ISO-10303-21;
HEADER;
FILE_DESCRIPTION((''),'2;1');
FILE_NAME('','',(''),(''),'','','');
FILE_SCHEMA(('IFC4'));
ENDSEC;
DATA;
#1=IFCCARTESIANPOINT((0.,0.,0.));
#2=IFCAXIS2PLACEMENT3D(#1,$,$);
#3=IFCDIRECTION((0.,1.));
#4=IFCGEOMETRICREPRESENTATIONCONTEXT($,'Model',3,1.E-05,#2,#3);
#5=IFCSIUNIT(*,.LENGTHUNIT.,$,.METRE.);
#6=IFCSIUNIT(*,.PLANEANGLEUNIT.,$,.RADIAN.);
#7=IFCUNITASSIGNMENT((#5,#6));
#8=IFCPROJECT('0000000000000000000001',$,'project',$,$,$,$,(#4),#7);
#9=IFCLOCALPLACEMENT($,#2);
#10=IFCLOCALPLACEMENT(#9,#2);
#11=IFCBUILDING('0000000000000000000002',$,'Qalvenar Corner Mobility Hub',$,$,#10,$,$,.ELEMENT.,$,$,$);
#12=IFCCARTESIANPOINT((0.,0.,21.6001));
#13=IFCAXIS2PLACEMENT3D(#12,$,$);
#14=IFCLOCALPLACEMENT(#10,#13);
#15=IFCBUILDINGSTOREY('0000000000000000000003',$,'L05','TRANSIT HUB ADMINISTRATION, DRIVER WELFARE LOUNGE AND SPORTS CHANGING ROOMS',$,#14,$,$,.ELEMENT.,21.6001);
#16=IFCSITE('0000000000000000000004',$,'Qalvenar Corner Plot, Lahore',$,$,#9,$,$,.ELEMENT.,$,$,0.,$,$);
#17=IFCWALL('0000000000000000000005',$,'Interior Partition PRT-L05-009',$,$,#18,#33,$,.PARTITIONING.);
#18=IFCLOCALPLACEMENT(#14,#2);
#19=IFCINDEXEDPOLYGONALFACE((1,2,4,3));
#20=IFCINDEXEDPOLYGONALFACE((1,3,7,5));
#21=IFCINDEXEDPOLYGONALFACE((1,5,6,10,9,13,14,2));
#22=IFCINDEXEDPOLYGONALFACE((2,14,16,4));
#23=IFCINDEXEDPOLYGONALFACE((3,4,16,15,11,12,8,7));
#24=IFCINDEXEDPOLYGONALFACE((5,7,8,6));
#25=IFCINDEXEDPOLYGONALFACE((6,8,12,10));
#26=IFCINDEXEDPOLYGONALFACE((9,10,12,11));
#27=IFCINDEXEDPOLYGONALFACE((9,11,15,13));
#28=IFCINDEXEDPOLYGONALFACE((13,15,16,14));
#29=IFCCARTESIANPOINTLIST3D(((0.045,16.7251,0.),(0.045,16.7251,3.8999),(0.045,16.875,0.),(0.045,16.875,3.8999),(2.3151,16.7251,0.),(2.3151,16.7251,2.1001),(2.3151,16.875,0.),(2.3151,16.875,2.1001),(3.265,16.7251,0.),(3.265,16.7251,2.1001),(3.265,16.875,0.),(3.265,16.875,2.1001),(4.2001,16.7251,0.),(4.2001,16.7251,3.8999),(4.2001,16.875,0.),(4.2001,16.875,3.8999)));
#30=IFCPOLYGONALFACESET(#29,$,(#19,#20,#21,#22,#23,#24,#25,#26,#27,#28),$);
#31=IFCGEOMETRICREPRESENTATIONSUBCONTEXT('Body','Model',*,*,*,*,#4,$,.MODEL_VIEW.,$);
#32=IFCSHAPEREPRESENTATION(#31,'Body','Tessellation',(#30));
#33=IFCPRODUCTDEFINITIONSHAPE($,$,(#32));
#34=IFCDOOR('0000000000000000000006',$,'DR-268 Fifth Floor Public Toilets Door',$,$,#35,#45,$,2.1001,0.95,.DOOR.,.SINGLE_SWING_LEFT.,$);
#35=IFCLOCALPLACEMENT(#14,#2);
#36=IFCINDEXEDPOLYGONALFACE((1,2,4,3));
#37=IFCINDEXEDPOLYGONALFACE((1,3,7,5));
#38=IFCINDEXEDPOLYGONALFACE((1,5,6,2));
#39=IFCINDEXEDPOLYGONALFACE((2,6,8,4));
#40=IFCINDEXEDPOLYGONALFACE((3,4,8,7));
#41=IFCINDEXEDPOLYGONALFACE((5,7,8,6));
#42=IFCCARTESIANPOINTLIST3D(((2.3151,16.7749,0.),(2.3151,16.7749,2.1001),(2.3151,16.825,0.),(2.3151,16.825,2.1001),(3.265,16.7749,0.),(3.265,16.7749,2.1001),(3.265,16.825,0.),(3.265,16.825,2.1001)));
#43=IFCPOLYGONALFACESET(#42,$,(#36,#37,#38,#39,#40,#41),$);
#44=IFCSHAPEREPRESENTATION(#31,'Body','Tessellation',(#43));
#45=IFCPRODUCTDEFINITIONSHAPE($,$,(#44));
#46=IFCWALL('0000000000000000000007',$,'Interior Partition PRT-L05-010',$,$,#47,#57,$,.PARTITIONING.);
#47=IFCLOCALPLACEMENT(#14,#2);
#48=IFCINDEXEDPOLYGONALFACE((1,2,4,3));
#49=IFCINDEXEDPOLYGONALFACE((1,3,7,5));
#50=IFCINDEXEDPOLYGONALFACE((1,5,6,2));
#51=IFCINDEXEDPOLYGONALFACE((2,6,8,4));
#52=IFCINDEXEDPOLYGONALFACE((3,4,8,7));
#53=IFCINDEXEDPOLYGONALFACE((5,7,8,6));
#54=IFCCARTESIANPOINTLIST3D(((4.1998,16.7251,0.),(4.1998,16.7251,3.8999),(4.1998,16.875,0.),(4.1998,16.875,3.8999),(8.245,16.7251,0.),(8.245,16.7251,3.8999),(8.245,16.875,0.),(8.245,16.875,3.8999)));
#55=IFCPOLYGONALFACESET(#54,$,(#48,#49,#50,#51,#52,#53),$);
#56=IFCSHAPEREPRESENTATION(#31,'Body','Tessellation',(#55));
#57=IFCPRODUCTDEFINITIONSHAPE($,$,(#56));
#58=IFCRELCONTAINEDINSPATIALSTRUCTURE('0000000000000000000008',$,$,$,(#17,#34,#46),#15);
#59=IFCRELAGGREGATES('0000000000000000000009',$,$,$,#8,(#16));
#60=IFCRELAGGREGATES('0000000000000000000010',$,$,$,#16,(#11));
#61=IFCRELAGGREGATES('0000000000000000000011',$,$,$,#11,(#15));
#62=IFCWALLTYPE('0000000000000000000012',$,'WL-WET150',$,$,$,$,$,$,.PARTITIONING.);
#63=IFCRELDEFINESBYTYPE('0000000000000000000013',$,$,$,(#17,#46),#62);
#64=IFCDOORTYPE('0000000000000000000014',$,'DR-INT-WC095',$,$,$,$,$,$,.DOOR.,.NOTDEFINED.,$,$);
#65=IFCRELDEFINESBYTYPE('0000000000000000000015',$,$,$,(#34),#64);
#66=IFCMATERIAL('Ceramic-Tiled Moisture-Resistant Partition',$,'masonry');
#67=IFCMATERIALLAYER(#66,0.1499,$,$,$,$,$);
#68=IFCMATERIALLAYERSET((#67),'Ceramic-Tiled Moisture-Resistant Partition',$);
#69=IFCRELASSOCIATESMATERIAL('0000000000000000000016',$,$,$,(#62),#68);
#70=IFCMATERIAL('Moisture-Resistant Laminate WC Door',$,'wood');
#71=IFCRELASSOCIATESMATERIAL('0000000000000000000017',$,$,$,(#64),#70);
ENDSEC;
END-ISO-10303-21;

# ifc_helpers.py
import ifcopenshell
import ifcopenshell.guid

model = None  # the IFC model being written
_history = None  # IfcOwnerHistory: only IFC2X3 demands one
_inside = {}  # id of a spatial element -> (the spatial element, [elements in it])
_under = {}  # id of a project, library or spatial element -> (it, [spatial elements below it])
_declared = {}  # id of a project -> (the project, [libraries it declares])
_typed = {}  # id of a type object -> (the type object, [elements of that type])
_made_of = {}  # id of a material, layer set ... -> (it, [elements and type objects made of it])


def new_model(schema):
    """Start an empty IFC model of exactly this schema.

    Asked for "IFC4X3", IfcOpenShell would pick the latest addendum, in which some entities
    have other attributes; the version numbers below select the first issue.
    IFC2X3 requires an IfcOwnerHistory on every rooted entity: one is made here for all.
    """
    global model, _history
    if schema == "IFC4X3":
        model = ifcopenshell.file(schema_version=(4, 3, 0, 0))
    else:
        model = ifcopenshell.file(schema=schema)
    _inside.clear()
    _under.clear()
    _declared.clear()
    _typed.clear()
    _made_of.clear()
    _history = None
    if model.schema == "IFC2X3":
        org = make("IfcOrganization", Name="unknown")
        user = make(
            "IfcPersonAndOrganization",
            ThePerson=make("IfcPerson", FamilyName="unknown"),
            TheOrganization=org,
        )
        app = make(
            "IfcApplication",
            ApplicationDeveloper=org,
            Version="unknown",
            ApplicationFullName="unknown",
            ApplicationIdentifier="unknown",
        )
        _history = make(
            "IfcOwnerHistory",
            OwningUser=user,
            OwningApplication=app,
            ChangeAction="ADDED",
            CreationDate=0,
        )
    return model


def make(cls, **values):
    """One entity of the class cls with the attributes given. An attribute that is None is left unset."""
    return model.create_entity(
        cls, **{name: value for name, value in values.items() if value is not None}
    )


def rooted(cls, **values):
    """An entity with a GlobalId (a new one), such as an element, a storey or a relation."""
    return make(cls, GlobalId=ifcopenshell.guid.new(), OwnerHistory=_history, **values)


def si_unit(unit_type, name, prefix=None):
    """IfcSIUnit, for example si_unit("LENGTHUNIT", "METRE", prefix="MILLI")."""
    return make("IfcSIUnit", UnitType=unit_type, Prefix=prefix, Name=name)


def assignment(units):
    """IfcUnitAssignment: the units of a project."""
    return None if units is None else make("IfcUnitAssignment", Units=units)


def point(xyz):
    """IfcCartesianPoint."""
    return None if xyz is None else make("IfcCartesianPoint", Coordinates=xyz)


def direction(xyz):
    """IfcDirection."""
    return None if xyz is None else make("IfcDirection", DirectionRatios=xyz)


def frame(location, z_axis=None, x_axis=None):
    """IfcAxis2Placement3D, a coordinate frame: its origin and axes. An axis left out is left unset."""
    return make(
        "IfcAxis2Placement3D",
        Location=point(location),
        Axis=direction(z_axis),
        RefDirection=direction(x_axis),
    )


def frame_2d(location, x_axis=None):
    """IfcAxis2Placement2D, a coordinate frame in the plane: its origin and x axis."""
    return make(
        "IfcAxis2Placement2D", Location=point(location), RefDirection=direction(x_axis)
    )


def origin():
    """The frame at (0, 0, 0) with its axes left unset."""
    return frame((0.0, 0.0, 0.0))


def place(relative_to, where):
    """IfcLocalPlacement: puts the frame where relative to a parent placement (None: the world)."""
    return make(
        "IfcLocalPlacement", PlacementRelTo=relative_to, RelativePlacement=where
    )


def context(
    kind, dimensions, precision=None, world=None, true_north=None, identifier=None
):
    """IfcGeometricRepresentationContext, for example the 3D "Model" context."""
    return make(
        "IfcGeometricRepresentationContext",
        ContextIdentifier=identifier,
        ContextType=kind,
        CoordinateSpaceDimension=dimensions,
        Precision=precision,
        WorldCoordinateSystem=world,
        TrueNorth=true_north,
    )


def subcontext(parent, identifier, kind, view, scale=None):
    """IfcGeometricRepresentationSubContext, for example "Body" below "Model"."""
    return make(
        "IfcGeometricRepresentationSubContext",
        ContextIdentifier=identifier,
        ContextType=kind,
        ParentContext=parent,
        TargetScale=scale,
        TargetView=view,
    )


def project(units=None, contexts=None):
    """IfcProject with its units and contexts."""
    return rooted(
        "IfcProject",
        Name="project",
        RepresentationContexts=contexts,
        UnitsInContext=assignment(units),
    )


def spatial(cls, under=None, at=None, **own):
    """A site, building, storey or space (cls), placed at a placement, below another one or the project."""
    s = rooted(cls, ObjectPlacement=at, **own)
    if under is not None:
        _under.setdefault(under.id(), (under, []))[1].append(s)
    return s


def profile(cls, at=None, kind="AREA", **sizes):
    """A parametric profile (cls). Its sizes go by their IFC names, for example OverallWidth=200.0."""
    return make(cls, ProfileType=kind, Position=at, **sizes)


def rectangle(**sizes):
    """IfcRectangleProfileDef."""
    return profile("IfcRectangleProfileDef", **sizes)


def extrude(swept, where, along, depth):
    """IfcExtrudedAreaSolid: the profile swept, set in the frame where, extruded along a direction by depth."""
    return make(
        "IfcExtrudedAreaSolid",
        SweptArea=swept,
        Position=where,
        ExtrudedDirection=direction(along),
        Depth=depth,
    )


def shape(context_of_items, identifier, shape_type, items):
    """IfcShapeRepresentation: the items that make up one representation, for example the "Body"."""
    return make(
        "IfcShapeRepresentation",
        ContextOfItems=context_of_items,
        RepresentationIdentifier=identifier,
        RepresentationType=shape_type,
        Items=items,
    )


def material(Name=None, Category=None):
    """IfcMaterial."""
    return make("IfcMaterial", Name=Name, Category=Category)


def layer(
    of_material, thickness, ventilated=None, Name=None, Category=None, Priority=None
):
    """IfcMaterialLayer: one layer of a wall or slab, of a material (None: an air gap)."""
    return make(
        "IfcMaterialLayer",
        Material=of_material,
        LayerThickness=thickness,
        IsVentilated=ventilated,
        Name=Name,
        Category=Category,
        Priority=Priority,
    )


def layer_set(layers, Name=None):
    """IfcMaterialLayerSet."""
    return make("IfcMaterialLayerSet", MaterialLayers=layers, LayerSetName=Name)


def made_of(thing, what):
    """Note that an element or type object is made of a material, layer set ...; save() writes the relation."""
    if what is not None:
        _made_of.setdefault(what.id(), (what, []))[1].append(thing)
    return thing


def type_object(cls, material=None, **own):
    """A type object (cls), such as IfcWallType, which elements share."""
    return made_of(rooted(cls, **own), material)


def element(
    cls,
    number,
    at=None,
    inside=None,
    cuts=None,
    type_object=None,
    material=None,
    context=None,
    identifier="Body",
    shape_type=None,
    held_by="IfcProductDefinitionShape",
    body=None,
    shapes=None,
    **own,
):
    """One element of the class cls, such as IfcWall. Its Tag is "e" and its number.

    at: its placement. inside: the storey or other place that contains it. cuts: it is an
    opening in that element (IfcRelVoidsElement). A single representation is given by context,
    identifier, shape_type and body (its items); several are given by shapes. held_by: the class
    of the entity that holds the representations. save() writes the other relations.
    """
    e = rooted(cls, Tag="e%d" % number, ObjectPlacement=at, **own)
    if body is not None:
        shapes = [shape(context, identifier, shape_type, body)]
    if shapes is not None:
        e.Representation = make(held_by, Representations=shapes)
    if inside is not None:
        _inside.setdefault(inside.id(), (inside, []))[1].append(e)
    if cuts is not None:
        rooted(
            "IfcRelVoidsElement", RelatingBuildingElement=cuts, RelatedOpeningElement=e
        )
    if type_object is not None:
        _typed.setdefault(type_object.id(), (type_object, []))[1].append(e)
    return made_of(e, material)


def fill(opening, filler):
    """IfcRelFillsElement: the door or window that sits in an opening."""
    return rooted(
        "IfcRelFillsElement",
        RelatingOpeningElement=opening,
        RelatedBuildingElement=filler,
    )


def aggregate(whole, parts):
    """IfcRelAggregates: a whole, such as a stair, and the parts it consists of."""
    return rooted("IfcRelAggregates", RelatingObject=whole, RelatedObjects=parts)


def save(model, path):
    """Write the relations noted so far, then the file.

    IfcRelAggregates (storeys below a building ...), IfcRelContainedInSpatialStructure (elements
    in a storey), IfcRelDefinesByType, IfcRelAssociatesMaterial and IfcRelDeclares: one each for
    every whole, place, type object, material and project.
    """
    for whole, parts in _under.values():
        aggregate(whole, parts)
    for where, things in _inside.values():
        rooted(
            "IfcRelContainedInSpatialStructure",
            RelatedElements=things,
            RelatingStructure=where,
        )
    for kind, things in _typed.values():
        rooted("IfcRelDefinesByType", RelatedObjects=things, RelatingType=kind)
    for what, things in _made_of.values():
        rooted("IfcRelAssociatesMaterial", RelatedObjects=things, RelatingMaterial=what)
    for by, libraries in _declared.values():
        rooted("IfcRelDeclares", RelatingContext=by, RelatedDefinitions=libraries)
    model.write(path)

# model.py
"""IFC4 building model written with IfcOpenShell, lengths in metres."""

from ifc_helpers import new_model, si_unit, direction, frame, frame_2d, origin, place, context, subcontext, project, spatial, rectangle, extrude, material, layer, layer_set, type_object, element, fill, save


model = new_model("IFC4")

# Units and contexts
model_context = context("Model", 3, precision=1e-05, world=origin(), true_north=direction((0.0, 1.0)))
body_context = subcontext(model_context, "Body", "Model", "MODEL_VIEW")
ifc_project = project(units=[si_unit("LENGTHUNIT", "METRE"), si_unit("PLANEANGLEUNIT", "RADIAN")], contexts=[model_context])

# Site, building, storey
site_placement = place(None, origin())
site = spatial("IfcSite", under=ifc_project, at=site_placement, Name="Qalvenar Corner Plot, Lahore", CompositionType="ELEMENT", RefElevation=0.0)
building_placement = place(site_placement, origin())
building = spatial("IfcBuilding", under=site, at=building_placement, Name="Qalvenar Corner Mobility Hub", CompositionType="ELEMENT")
storey_placement = place(building_placement, frame((0.0, 0.0, 21.6001)))
storey = spatial("IfcBuildingStorey", under=building, at=storey_placement, Name="L05", Description="TRANSIT HUB ADMINISTRATION, DRIVER WELFARE LOUNGE AND SPORTS CHANGING ROOMS", CompositionType="ELEMENT", Elevation=21.6001)

# Wall, opening, door
ifc_material_1 = material(Name="Ceramic-Tiled Moisture-Resistant Partition", Category="masonry")
ifc_layer_1 = layer(ifc_material_1, 0.1499)
ifc_layer_set_1 = layer_set([ifc_layer_1], Name="Ceramic-Tiled Moisture-Resistant Partition")
wall_type_1 = type_object("IfcWallType", Name="WL-WET150", PredefinedType="PARTITIONING", material=ifc_layer_set_1)
wall_1_placement = place(storey_placement, frame((0.0449, 16.8, 0.0), z_axis=(0.0, 0.0, 1.0), x_axis=(1.0, 0.0, 0.0)))
wall_1 = element("IfcWall", 1, at=wall_1_placement, inside=storey, type_object=wall_type_1, Name="Interior Partition PRT-L05-009", PredefinedType="PARTITIONING", context=body_context, shape_type="SweptSolid", body=[
    extrude(rectangle(XDim=4.155, YDim=0.1499, at=frame_2d((2.0776, 0.0))), origin(), (0.0, 0.0, 1.0), 3.8999),
])
opening_1_placement = place(wall_1_placement, frame((2.27, 0.0, 0.0)))
opening_1 = element("IfcOpeningElement", 2, at=opening_1_placement, cuts=wall_1, PredefinedType="OPENING", context=body_context, shape_type="SweptSolid", body=[
    extrude(rectangle(XDim=0.95, YDim=2.1001, at=frame_2d((0.4751, 1.05))), frame((0.0, 0.085, 0.0), z_axis=(0.0, -1.0, 0.0), x_axis=(1.0, 0.0, 0.0)), (0.0, 0.0, 1.0), 0.1699),
])
ifc_material_2 = material(Name="Moisture-Resistant Laminate WC Door", Category="wood")
door_type_1 = type_object("IfcDoorType", Name="DR-INT-WC095", OperationType="NOTDEFINED", PredefinedType="DOOR", material=ifc_material_2)
door_1_placement = place(opening_1_placement, origin())
door_1 = element("IfcDoor", 3, at=door_1_placement, inside=storey, type_object=door_type_1, Name="DR-268 Fifth Floor Public Toilets Door", OperationType="SINGLE_SWING_LEFT", OverallHeight=2.1001, OverallWidth=0.95, PredefinedType="DOOR", context=body_context, shape_type="SweptSolid", body=[
    extrude(rectangle(XDim=0.95, YDim=2.1001, at=frame_2d((0.4751, 1.05))), frame((0.0, 0.0249, 0.0), z_axis=(0.0, -1.0, 0.0), x_axis=(1.0, 0.0, 0.0)), (0.0, 0.0, 1.0), 0.05),
])
fill(opening_1, door_1)

# Wall
wall_2_placement = place(storey_placement, frame((4.2, 16.8, 0.0), z_axis=(0.0, 0.0, 1.0), x_axis=(1.0, 0.0, 0.0)))
element("IfcWall", 4, at=wall_2_placement, inside=storey, type_object=wall_type_1, Name="Interior Partition PRT-L05-010", PredefinedType="PARTITIONING", context=body_context, shape_type="SweptSolid", body=[
    extrude(rectangle(XDim=4.0452, YDim=0.1499, at=frame_2d((2.0225, 0.0))), origin(), (0.0, 0.0, 1.0), 3.8999),
])

save(model, "model.ifc")
